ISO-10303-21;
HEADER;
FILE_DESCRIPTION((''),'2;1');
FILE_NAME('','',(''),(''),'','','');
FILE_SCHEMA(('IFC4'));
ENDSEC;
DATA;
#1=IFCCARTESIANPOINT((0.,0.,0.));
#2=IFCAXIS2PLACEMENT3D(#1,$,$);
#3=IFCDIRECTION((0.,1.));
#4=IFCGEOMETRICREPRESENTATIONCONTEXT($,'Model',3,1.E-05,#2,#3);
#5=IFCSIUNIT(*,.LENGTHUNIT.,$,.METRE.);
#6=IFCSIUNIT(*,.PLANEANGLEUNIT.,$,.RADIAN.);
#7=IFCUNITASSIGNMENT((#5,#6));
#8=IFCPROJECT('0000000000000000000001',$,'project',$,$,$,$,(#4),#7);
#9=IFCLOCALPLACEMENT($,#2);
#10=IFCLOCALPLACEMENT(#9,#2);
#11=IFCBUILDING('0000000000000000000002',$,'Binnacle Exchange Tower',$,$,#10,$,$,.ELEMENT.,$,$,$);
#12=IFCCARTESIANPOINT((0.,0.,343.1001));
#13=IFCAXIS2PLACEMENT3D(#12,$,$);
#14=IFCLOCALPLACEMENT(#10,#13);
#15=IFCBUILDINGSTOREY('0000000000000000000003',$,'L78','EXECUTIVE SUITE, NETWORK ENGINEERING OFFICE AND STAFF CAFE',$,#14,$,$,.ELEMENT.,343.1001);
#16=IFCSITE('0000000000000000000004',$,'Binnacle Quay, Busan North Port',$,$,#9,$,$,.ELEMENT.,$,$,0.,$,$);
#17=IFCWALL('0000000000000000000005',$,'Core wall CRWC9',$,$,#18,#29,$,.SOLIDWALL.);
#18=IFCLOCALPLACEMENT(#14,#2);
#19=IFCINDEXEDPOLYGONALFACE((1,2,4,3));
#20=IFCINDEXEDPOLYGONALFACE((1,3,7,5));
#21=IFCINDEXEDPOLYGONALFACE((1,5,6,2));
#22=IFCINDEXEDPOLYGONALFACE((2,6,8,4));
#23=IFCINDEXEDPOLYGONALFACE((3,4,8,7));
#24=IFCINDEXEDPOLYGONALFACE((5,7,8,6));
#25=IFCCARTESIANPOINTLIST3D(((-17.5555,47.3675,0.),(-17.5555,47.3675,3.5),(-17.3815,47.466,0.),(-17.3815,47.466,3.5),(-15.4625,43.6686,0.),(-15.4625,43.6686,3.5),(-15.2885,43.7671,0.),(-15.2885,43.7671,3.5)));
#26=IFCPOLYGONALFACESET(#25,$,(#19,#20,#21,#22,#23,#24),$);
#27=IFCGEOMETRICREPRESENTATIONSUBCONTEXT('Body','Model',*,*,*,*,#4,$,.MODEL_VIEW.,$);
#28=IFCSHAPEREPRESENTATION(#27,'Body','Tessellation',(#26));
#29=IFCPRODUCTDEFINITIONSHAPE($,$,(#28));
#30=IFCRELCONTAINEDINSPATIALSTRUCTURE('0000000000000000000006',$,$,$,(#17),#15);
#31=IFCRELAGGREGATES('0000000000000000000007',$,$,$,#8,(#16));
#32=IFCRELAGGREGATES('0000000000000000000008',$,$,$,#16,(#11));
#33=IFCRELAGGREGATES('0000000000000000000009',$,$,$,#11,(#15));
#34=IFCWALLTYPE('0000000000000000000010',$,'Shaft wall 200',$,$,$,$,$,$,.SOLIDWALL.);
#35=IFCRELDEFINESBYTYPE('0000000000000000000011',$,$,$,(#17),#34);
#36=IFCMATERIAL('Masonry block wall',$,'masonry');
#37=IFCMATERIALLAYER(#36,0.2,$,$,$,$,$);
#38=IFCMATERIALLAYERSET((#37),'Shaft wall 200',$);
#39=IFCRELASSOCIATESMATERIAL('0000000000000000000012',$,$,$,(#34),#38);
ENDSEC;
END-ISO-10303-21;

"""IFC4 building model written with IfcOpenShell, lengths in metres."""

from ifc_helpers import new_model, si_unit, direction, frame, frame_2d, origin, place, context, subcontext, project, spatial, rectangle, extrude, material, layer, layer_set, type_object, element, save


model = new_model("IFC4")

# Units and contexts
model_context = context("Model", 3, precision=1e-05, world=origin(), true_north=direction((0.0, 1.0)))
body_context = subcontext(model_context, "Body", "Model", "MODEL_VIEW")
ifc_project = project(units=[si_unit("LENGTHUNIT", "METRE"), si_unit("PLANEANGLEUNIT", "RADIAN")], contexts=[model_context])

# Site, building, storey
site_placement = place(None, origin())
site = spatial("IfcSite", under=ifc_project, at=site_placement, Name="Binnacle Quay, Busan North Port", CompositionType="ELEMENT", RefElevation=0.0)
building_placement = place(site_placement, origin())
building = spatial("IfcBuilding", under=site, at=building_placement, Name="Binnacle Exchange Tower", CompositionType="ELEMENT")
storey_placement = place(building_placement, frame((0.0, 0.0, 343.1001)))
storey = spatial("IfcBuildingStorey", under=building, at=storey_placement, Name="L78", Description="EXECUTIVE SUITE, NETWORK ENGINEERING OFFICE AND STAFF CAFE", CompositionType="ELEMENT", Elevation=343.1001)

# Shared definitions
ifc_material_1 = material(Name="Masonry block wall", Category="masonry")

# Wall
ifc_layer_1 = layer(ifc_material_1, 0.2)
ifc_layer_set_1 = layer_set([ifc_layer_1], Name="Shaft wall 200")
wall_type_1 = type_object("IfcWallType", Name="Shaft wall 200", PredefinedType="SOLIDWALL", material=ifc_layer_set_1)
wall_1_placement = place(storey_placement, frame((-17.4685, 47.4167, 0.0), z_axis=(0.0, 0.0, 1.0), x_axis=(0.492466, -0.870332, 0.0)))
element("IfcWall", 1, at=wall_1_placement, inside=storey, type_object=wall_type_1, Name="Core wall CRWC9", PredefinedType="SOLIDWALL", context=body_context, shape_type="SweptSolid", body=[
    extrude(rectangle(XDim=4.25, YDim=0.2, at=frame_2d((2.125, 0.0))), origin(), (0.0, 0.0, 1.0), 3.5),
])

save(model, "model.ifc")
